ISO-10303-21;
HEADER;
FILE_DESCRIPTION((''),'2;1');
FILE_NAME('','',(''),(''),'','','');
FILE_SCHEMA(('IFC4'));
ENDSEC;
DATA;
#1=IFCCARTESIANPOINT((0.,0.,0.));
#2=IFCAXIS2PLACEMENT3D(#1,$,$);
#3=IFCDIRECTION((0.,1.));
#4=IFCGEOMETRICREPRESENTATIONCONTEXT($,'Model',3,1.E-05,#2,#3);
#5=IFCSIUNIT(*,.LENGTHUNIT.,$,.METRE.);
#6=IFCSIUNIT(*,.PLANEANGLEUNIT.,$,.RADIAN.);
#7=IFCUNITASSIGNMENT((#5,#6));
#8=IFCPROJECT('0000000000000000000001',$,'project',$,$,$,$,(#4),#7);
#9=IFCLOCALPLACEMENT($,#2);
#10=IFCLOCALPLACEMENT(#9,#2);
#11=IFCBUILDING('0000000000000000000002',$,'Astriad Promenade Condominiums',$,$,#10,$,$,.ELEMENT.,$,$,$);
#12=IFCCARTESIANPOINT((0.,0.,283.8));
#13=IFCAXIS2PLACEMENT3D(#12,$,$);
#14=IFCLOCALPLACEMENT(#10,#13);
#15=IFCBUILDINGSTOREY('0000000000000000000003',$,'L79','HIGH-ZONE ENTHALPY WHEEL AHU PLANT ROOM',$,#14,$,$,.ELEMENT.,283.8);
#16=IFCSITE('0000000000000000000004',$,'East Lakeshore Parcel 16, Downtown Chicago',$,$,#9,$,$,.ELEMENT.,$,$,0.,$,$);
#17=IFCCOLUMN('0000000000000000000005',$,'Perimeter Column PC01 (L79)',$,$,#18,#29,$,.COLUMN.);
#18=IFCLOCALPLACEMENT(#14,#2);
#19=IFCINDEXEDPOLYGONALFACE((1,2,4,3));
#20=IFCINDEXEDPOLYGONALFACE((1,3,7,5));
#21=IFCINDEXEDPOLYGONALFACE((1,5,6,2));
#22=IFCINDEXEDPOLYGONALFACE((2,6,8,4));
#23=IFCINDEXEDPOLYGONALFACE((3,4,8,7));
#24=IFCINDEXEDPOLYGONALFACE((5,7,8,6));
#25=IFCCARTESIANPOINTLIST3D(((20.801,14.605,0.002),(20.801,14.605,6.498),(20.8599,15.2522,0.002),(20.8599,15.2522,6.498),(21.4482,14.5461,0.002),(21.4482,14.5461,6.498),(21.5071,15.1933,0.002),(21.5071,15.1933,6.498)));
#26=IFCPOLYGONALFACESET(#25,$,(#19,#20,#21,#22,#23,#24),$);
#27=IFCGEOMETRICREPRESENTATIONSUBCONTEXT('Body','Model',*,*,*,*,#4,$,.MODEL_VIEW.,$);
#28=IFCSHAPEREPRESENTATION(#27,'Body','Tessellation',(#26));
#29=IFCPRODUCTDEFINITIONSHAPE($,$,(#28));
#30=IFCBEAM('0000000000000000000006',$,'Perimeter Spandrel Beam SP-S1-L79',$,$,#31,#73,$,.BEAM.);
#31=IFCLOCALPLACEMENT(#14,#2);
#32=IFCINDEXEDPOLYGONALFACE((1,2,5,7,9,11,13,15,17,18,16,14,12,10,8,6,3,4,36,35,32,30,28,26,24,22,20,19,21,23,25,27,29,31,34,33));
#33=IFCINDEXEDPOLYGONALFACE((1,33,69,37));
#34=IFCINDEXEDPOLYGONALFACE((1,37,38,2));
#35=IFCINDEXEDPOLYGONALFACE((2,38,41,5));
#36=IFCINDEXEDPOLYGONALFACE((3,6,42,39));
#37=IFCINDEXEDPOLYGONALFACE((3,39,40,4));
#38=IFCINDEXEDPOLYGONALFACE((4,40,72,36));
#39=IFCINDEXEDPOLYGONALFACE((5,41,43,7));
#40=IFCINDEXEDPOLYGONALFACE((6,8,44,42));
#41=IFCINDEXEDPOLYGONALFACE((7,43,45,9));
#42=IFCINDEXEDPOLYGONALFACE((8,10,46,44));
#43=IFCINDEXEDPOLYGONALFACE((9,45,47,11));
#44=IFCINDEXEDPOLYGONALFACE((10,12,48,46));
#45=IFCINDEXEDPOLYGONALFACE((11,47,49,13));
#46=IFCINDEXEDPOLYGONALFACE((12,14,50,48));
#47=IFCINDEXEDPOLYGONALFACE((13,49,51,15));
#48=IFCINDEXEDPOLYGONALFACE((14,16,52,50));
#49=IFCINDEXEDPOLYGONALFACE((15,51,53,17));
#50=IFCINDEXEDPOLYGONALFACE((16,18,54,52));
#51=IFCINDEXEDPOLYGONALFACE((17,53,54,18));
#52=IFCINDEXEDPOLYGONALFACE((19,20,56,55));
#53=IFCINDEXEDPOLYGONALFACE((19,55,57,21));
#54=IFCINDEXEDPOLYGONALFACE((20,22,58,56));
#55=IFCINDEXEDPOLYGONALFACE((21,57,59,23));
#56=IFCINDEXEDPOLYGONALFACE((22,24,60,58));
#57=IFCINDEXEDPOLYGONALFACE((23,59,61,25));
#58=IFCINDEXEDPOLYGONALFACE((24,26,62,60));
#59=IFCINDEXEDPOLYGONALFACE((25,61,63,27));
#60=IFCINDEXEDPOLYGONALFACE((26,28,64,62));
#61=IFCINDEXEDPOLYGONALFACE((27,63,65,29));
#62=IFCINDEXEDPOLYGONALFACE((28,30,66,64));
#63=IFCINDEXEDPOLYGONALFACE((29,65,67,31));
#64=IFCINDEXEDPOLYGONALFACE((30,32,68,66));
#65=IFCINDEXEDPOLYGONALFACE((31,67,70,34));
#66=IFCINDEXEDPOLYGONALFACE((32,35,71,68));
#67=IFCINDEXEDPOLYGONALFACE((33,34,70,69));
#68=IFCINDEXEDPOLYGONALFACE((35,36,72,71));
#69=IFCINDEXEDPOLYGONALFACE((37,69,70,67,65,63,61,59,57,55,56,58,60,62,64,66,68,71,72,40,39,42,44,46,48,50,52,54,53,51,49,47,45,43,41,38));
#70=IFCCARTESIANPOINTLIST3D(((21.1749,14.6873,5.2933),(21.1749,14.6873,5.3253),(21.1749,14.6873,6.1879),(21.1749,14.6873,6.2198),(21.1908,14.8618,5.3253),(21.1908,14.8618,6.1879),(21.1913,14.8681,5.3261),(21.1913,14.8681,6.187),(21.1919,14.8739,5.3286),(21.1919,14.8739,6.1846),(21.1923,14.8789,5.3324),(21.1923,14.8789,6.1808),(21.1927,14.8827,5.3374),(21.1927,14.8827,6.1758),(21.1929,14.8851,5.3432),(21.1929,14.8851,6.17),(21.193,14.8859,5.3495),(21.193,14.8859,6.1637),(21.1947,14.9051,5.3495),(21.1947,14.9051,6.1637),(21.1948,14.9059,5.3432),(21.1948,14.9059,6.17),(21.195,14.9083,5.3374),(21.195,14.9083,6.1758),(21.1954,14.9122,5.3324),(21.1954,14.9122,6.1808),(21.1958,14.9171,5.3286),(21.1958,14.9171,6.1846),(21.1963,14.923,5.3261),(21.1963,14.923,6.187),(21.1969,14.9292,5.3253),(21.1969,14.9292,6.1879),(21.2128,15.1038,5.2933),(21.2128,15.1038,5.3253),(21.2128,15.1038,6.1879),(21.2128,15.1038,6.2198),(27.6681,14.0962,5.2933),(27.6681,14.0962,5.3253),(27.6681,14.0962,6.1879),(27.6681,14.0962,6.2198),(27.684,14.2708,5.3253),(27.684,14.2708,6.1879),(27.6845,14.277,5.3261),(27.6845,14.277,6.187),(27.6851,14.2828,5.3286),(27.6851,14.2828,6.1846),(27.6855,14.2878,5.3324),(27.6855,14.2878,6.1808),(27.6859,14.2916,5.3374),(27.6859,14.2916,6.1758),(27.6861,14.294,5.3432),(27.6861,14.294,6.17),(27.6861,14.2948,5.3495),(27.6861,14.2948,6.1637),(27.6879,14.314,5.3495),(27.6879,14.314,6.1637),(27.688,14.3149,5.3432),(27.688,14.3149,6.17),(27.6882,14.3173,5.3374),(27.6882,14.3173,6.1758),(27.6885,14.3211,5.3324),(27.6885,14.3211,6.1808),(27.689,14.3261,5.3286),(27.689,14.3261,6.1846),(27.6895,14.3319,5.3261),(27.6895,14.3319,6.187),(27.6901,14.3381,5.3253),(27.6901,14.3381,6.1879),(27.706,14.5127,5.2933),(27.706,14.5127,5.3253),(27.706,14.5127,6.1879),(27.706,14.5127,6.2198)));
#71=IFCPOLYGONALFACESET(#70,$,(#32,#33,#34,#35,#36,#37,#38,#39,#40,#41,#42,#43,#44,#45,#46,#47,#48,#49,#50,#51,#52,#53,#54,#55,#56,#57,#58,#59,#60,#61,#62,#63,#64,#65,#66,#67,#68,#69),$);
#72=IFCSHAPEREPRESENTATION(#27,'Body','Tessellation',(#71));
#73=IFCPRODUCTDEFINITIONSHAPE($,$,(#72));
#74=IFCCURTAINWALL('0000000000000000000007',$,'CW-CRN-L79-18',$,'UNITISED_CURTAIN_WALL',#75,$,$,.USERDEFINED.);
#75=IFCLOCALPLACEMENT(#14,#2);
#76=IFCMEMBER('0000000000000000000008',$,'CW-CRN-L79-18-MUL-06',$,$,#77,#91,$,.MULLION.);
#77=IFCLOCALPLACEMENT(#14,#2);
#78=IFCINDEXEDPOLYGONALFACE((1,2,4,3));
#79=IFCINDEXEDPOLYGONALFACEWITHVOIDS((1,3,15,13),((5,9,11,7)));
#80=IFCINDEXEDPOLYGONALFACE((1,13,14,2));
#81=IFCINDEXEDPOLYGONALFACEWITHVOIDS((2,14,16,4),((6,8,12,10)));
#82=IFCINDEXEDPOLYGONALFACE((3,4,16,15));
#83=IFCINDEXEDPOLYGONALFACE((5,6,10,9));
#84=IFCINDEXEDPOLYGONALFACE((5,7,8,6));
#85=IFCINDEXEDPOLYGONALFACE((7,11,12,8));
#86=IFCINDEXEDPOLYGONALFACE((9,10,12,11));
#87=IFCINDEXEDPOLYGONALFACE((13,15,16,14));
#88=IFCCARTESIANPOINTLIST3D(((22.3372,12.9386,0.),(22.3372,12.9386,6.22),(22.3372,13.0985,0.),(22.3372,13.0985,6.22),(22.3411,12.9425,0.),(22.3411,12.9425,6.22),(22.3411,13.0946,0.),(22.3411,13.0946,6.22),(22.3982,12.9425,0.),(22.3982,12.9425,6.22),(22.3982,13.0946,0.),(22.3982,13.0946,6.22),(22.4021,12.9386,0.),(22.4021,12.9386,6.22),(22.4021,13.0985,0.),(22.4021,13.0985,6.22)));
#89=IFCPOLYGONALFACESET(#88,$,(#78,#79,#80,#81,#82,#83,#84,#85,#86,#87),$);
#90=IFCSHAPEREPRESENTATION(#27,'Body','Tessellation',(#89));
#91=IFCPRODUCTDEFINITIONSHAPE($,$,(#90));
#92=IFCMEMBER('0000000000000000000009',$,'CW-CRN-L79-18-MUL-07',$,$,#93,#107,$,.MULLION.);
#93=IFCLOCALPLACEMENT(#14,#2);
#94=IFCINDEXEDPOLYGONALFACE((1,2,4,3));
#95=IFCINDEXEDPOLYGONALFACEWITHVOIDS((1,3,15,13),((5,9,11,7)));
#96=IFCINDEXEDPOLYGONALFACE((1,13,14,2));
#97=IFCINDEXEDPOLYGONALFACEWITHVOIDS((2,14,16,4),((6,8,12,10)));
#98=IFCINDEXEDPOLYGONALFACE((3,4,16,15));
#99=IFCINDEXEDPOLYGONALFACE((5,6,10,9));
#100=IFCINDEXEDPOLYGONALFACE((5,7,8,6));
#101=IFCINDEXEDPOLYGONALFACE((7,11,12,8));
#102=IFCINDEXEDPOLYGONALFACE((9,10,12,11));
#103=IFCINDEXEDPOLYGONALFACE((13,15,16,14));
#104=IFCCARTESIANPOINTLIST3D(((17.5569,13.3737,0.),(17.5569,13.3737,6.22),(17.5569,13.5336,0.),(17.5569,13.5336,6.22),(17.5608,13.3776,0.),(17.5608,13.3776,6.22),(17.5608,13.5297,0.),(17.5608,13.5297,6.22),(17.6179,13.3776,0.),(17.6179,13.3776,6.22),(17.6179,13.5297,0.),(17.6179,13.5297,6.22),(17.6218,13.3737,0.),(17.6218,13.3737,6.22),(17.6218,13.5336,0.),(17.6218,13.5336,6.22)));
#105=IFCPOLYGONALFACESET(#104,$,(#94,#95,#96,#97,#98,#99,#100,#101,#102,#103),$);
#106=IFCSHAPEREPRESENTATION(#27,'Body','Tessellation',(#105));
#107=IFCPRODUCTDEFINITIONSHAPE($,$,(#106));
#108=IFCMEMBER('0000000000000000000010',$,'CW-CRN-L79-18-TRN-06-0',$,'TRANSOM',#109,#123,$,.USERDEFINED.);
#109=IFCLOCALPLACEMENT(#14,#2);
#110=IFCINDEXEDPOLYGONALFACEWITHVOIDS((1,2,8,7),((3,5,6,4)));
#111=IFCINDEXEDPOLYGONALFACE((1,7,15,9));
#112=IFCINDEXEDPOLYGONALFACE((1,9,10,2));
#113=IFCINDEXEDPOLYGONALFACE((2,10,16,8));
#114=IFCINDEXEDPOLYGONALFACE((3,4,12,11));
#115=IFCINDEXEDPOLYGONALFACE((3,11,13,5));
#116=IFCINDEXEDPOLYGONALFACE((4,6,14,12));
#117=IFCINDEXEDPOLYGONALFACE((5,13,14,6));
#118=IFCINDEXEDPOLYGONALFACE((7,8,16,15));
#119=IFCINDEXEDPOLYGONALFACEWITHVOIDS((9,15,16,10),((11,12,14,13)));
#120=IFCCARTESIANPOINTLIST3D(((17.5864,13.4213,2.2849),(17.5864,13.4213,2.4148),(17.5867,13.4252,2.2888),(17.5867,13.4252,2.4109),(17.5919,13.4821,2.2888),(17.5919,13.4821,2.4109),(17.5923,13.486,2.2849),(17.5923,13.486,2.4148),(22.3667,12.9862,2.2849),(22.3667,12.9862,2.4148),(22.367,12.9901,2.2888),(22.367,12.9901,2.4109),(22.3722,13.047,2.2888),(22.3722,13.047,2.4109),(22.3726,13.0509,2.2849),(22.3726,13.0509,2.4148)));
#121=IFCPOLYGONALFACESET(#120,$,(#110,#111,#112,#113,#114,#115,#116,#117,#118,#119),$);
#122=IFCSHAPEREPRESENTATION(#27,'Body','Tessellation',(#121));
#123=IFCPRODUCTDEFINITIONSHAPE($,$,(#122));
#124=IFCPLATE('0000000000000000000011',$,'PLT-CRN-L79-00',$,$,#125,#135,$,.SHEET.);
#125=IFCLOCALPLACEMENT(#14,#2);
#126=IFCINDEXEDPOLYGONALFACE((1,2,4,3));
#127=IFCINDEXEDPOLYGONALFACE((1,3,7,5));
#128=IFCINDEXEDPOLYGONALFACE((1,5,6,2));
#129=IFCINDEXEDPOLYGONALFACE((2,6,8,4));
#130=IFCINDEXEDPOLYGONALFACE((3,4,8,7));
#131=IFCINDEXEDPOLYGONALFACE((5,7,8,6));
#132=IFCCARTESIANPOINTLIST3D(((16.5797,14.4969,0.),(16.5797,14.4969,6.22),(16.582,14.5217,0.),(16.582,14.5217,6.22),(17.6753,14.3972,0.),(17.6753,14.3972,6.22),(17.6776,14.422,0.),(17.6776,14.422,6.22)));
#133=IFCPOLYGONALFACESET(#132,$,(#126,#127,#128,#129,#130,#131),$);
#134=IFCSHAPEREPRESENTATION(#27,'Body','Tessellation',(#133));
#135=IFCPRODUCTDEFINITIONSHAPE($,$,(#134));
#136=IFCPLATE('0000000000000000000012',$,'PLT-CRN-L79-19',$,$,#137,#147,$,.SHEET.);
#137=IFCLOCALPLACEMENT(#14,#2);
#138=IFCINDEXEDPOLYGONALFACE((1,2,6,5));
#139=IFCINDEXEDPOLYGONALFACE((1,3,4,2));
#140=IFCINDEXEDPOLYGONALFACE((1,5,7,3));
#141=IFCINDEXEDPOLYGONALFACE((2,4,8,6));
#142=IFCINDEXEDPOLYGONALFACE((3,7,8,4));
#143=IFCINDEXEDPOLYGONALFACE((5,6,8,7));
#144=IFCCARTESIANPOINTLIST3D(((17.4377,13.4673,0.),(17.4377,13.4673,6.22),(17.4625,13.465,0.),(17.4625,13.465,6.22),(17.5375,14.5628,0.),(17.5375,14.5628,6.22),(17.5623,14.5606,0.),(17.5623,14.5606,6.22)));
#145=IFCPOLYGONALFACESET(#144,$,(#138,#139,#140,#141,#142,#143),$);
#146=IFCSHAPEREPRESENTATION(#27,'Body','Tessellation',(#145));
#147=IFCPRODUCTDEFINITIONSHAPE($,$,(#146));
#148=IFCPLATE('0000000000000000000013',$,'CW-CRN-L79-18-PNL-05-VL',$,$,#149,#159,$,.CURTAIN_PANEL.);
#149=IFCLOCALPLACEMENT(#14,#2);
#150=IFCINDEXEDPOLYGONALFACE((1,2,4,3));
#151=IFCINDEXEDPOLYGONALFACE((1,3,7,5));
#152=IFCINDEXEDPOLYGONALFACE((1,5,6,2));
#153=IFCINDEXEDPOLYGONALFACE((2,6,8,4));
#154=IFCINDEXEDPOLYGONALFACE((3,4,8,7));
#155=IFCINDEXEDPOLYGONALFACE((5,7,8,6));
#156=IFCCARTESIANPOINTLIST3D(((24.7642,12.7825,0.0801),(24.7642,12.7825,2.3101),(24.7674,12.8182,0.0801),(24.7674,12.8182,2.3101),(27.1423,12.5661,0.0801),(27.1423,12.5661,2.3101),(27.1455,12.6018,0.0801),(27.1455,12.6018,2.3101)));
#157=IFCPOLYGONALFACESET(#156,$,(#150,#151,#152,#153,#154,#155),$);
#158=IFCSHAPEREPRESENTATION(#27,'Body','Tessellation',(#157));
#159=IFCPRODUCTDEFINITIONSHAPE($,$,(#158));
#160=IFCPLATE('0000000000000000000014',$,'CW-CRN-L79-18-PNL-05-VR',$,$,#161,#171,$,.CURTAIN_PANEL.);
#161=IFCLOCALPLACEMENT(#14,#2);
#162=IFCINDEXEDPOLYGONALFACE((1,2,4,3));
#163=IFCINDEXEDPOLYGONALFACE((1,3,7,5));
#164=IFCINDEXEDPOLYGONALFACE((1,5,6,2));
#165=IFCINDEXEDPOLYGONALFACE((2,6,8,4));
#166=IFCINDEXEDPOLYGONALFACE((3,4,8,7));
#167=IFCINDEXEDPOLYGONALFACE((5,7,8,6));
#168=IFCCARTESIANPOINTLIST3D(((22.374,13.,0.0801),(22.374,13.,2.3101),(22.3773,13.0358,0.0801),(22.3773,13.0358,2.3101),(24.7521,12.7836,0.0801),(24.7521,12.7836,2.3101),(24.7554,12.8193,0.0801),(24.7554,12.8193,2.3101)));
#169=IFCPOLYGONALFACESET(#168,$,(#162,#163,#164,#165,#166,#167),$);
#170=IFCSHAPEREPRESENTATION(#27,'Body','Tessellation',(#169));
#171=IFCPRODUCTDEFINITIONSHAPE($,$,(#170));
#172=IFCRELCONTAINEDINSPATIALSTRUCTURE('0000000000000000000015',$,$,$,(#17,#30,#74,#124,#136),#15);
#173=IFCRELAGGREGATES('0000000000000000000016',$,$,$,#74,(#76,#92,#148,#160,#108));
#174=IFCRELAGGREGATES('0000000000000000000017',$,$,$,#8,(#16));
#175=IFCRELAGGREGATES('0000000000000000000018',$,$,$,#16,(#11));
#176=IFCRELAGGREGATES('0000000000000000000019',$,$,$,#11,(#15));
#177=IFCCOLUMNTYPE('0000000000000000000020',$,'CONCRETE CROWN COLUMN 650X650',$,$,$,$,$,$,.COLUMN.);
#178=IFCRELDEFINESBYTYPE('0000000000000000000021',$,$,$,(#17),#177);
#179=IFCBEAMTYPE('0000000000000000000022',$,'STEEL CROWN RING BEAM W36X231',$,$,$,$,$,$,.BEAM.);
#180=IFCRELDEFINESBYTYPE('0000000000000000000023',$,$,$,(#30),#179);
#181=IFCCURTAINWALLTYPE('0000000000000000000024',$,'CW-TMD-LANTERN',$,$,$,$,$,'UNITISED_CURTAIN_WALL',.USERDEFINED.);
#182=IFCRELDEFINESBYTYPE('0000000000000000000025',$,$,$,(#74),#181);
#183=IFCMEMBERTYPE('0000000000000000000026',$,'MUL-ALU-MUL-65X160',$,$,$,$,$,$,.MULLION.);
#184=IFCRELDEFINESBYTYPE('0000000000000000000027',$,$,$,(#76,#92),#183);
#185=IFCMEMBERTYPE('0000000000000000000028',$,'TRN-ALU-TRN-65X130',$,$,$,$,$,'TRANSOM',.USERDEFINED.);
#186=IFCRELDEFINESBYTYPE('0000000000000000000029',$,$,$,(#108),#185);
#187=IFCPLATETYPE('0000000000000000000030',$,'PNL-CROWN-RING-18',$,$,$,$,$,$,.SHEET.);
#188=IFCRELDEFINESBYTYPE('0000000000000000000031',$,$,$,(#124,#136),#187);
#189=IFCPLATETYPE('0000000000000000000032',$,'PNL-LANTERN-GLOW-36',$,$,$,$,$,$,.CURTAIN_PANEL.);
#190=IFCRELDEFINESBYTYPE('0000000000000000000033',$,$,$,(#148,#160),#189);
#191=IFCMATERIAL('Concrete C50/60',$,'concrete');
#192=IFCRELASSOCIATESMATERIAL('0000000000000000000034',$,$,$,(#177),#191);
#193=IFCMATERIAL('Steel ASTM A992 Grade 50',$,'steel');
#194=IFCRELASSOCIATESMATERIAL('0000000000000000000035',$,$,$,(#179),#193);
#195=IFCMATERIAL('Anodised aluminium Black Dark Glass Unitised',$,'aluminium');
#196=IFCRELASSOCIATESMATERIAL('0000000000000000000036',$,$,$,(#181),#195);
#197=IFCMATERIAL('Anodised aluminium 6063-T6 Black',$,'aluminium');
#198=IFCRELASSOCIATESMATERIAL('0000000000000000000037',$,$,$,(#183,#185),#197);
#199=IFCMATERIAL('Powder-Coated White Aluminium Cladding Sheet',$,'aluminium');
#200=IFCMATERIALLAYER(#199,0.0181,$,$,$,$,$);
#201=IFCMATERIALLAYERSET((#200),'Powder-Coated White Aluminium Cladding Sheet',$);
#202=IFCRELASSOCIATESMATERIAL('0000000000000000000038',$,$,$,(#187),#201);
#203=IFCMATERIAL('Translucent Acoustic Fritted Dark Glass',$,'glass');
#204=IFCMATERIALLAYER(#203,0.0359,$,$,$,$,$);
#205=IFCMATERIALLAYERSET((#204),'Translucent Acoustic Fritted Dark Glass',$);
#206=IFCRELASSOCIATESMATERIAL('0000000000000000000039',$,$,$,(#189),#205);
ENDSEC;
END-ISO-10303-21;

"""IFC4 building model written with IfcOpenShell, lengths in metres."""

from ifc_helpers import new_model, si_unit, direction, frame, origin, origin_2d, place, context, subcontext, project, spatial, rectangle, hollow_rectangle, i_section, extrude, source, transform, mapped, material, layer, layer_set, material_profile, profile_set, type_object, type_shapes, element, aggregate, save


model = new_model("IFC4")

# Units and contexts
model_context = context("Model", 3, precision=1e-05, world=origin(), true_north=direction((0.0, 1.0)))
body_context = subcontext(model_context, "Body", "Model", "MODEL_VIEW")
ifc_project = project(units=[si_unit("LENGTHUNIT", "METRE"), si_unit("PLANEANGLEUNIT", "RADIAN")], contexts=[model_context])

# Site, building, storey
site_placement = place(None, origin())
site = spatial("IfcSite", under=ifc_project, at=site_placement, Name="East Lakeshore Parcel 16, Downtown Chicago", CompositionType="ELEMENT", RefElevation=0.0)
building_placement = place(site_placement, origin())
building = spatial("IfcBuilding", under=site, at=building_placement, Name="Astriad Promenade Condominiums", CompositionType="ELEMENT")
storey_placement = place(building_placement, frame((0.0, 0.0, 283.8)))
storey = spatial("IfcBuildingStorey", under=building, at=storey_placement, Name="L79", Description="HIGH-ZONE ENTHALPY WHEEL AHU PLANT ROOM", CompositionType="ELEMENT", Elevation=283.8)

# Column
ifc_material_1 = material(Name="Concrete C50/60", Category="concrete")
ifc_material_profile_1 = material_profile(ifc_material_1, rectangle(XDim=0.6499, YDim=0.6499, at=origin_2d()), Name="RC-COL-650X650")
ifc_profile_set_1 = profile_set([ifc_material_profile_1], Name="Concrete C50/60")
column_type = type_object("IfcColumnType", Name="CONCRETE CROWN COLUMN 650X650", PredefinedType="COLUMN", material=ifc_profile_set_1)
shared_shape_1 = source(origin(), body_context, "Body", "SweptSolid", [
    extrude(rectangle(XDim=0.6499, YDim=0.6499, at=origin_2d()), origin(), (0.0, 0.0, 1.0), 6.4961),
])
type_shapes(column_type, [shared_shape_1])
column_placement = place(storey_placement, frame((21.1541, 14.8992, 0.002), z_axis=(0.0, 0.0, 1.0), x_axis=(0.995884, -0.090633, 0.0)))
element("IfcColumn", 1, at=column_placement, inside=storey, type_object=column_type, Name="Perimeter Column PC01 (L79)", PredefinedType="COLUMN", context=body_context, shape_type="MappedRepresentation", body=[
    mapped(shared_shape_1, transform((0.0, 0.0, 0.0), scale=1.0)),
])

# Beam
ifc_material_2 = material(Name="Steel ASTM A992 Grade 50", Category="steel")
ifc_material_profile_2 = material_profile(ifc_material_2, i_section(OverallWidth=0.4182, OverallDepth=0.9265, WebThickness=0.0193, FlangeThickness=0.032, FilletRadius=0.0242, at=origin_2d()), Name="W36X231")
ifc_profile_set_2 = profile_set([ifc_material_profile_2], Name="Steel ASTM A992 Grade 50")
beam_type = type_object("IfcBeamType", Name="STEEL CROWN RING BEAM W36X231", PredefinedType="BEAM", material=ifc_profile_set_2)
shared_shape_2 = source(origin(), body_context, "Body", "SweptSolid", [
    extrude(i_section(OverallWidth=0.4182, OverallDepth=0.9265, WebThickness=0.0193, FlangeThickness=0.032, FilletRadius=0.0242, at=origin_2d()), origin(), (0.0, 0.0, 1.0), 6.52),
])
type_shapes(beam_type, [shared_shape_2])
beam_placement = place(storey_placement, frame((21.1938, 14.8955, 5.7566), z_axis=(0.995882, -0.090654, 0.0), x_axis=(0.090654, 0.995882, 0.0)))
element("IfcBeam", 2, at=beam_placement, inside=storey, type_object=beam_type, Name="Perimeter Spandrel Beam SP-S1-L79", PredefinedType="BEAM", context=body_context, shape_type="MappedRepresentation", body=[
    mapped(shared_shape_2, transform((0.0, 0.0, 0.0), scale=1.0)),
])

# Curtain wall, members
ifc_material_3 = material(Name="Anodised aluminium Black Dark Glass Unitised", Category="aluminium")
curtain_wall_type = type_object("IfcCurtainWallType", Name="CW-TMD-LANTERN", ElementType="UNITISED_CURTAIN_WALL", PredefinedType="USERDEFINED", material=ifc_material_3)
curtain_wall_placement = place(storey_placement, origin())
curtain_wall = element("IfcCurtainWall", 3, at=curtain_wall_placement, inside=storey, type_object=curtain_wall_type, Name="CW-CRN-L79-18", ObjectType="UNITISED_CURTAIN_WALL", PredefinedType="USERDEFINED")
ifc_material_4 = material(Name="Anodised aluminium 6063-T6 Black", Category="aluminium")
ifc_material_profile_3 = material_profile(ifc_material_4, hollow_rectangle(XDim=0.0649, YDim=0.1599, WallThickness=0.0039, at=origin_2d()), Name="ALU-MUL-65X160")
ifc_profile_set_3 = profile_set([ifc_material_profile_3], Name="Anodised aluminium 6063-T6 Black")
member_type_1 = type_object("IfcMemberType", Name="MUL-ALU-MUL-65X160", PredefinedType="MULLION", material=ifc_profile_set_3)
shared_shape_3 = source(origin(), body_context, "Body", "SweptSolid", [
    extrude(hollow_rectangle(XDim=0.0649, YDim=0.1599, WallThickness=0.0039, at=origin_2d()), origin(), (0.0, 0.0, 1.0), 6.22),
])
type_shapes(member_type_1, [shared_shape_3])
member_1_placement = place(storey_placement, frame((22.3696, 13.0186, 0.0), z_axis=(0.0, 0.0, 1.0), x_axis=(1.0, 0.0, 0.0)))
member_1 = element("IfcMember", 4, at=member_1_placement, type_object=member_type_1, Name="CW-CRN-L79-18-MUL-06", PredefinedType="MULLION", context=body_context, shape_type="MappedRepresentation", body=[
    mapped(shared_shape_3, transform((0.0, 0.0, 0.0), scale=1.0)),
])
member_2_placement = place(storey_placement, frame((17.5894, 13.4536, 0.0), z_axis=(0.0, 0.0, 1.0), x_axis=(1.0, 0.0, 0.0)))
member_2 = element("IfcMember", 5, at=member_2_placement, type_object=member_type_1, Name="CW-CRN-L79-18-MUL-07", PredefinedType="MULLION", context=body_context, shape_type="MappedRepresentation", body=[
    mapped(shared_shape_3, transform((0.0, 0.0, 0.0), scale=1.0)),
])
ifc_material_profile_4 = material_profile(ifc_material_4, hollow_rectangle(XDim=0.0649, YDim=0.1299, WallThickness=0.0039, at=origin_2d()), Name="ALU-TRN-65X130")
ifc_profile_set_4 = profile_set([ifc_material_profile_4], Name="Anodised aluminium 6063-T6 Black")
member_type_2 = type_object("IfcMemberType", Name="TRN-ALU-TRN-65X130", ElementType="TRANSOM", PredefinedType="USERDEFINED", material=ifc_profile_set_4)
shared_shape_4 = source(origin(), body_context, "Body", "SweptSolid", [
    extrude(hollow_rectangle(XDim=0.0649, YDim=0.1299, WallThickness=0.0039, at=origin_2d()), origin(), (0.0, 0.0, 1.0), 4.8),
])
type_shapes(member_type_2, [shared_shape_4])
member_3_placement = place(storey_placement, frame((22.3696, 13.0186, 2.3499), z_axis=(-0.995884, 0.090637, 0.0), x_axis=(-0.090637, -0.995884, 0.0)))
member_3 = element("IfcMember", 6, at=member_3_placement, type_object=member_type_2, Name="CW-CRN-L79-18-TRN-06-0", ObjectType="TRANSOM", PredefinedType="USERDEFINED", context=body_context, shape_type="MappedRepresentation", body=[
    mapped(shared_shape_4, transform((0.0, 0.0, 0.0), scale=1.0)),
])

# Plates
ifc_material_5 = material(Name="Powder-Coated White Aluminium Cladding Sheet", Category="aluminium")
ifc_layer_1 = layer(ifc_material_5, 0.0181)
ifc_layer_set_1 = layer_set([ifc_layer_1], Name="Powder-Coated White Aluminium Cladding Sheet")
plate_type_1 = type_object("IfcPlateType", Name="PNL-CROWN-RING-18", PredefinedType="SHEET", material=ifc_layer_set_1)
shared_shape_5 = source(origin(), body_context, "Body", "SweptSolid", [
    extrude(rectangle(XDim=1.1001, YDim=0.0249, at=origin_2d()), origin(), (0.0, 0.0, 1.0), 6.22),
])
type_shapes(plate_type_1, [shared_shape_5])
for number, where, z_axis, x_axis, name in (
    (7, (17.1287, 14.4595, 0.0), (0.0, 0.0, 1.0), (-0.995884, 0.090633, 0.0), "PLT-CRN-L79-00"),
    (8, (17.5, 14.0139, 0.0), (0.0, 0.0, 1.0), (0.090633, 0.995884, 0.0), "PLT-CRN-L79-19"),
):
    element("IfcPlate", number, at=place(storey_placement, frame(where, z_axis=z_axis, x_axis=x_axis)), inside=storey, type_object=plate_type_1, Name=name, PredefinedType="SHEET", context=body_context, shape_type="MappedRepresentation", body=[
        mapped(shared_shape_5, transform((0.0, 0.0, 0.0), scale=1.0)),
    ])

# Plates
ifc_material_6 = material(Name="Translucent Acoustic Fritted Dark Glass", Category="glass")
ifc_layer_2 = layer(ifc_material_6, 0.0359)
ifc_layer_set_2 = layer_set([ifc_layer_2], Name="Translucent Acoustic Fritted Dark Glass")
plate_type_2 = type_object("IfcPlateType", Name="PNL-LANTERN-GLOW-36", PredefinedType="CURTAIN_PANEL", material=ifc_layer_set_2)
shared_shape_6 = source(origin(), body_context, "Body", "SweptSolid", [
    extrude(rectangle(XDim=2.3879, YDim=0.0359, at=origin_2d()), origin(), (0.0, 0.0, 1.0), 2.23),
])
plate_1_placement = place(storey_placement, frame((25.9548, 12.6921, 0.0801), z_axis=(0.0, 0.0, 1.0), x_axis=(-0.995884, 0.090633, 0.0)))
plate_1 = element("IfcPlate", 9, at=plate_1_placement, type_object=plate_type_2, Name="CW-CRN-L79-18-PNL-05-VL", PredefinedType="CURTAIN_PANEL", context=body_context, shape_type="MappedRepresentation", body=[
    mapped(shared_shape_6, transform((0.0, 0.0, 0.0), scale=1.0)),
])
plate_2_placement = place(storey_placement, frame((23.5647, 12.9097, 0.0801), z_axis=(0.0, 0.0, 1.0), x_axis=(-0.995884, 0.090633, 0.0)))
plate_2 = element("IfcPlate", 10, at=plate_2_placement, type_object=plate_type_2, Name="CW-CRN-L79-18-PNL-05-VR", PredefinedType="CURTAIN_PANEL", context=body_context, shape_type="MappedRepresentation", body=[
    mapped(shared_shape_6, transform((0.0, 0.0, 0.0), scale=1.0)),
])
aggregate(curtain_wall, [member_1, member_2, plate_1, plate_2, member_3])

save(model, "model.ifc")
